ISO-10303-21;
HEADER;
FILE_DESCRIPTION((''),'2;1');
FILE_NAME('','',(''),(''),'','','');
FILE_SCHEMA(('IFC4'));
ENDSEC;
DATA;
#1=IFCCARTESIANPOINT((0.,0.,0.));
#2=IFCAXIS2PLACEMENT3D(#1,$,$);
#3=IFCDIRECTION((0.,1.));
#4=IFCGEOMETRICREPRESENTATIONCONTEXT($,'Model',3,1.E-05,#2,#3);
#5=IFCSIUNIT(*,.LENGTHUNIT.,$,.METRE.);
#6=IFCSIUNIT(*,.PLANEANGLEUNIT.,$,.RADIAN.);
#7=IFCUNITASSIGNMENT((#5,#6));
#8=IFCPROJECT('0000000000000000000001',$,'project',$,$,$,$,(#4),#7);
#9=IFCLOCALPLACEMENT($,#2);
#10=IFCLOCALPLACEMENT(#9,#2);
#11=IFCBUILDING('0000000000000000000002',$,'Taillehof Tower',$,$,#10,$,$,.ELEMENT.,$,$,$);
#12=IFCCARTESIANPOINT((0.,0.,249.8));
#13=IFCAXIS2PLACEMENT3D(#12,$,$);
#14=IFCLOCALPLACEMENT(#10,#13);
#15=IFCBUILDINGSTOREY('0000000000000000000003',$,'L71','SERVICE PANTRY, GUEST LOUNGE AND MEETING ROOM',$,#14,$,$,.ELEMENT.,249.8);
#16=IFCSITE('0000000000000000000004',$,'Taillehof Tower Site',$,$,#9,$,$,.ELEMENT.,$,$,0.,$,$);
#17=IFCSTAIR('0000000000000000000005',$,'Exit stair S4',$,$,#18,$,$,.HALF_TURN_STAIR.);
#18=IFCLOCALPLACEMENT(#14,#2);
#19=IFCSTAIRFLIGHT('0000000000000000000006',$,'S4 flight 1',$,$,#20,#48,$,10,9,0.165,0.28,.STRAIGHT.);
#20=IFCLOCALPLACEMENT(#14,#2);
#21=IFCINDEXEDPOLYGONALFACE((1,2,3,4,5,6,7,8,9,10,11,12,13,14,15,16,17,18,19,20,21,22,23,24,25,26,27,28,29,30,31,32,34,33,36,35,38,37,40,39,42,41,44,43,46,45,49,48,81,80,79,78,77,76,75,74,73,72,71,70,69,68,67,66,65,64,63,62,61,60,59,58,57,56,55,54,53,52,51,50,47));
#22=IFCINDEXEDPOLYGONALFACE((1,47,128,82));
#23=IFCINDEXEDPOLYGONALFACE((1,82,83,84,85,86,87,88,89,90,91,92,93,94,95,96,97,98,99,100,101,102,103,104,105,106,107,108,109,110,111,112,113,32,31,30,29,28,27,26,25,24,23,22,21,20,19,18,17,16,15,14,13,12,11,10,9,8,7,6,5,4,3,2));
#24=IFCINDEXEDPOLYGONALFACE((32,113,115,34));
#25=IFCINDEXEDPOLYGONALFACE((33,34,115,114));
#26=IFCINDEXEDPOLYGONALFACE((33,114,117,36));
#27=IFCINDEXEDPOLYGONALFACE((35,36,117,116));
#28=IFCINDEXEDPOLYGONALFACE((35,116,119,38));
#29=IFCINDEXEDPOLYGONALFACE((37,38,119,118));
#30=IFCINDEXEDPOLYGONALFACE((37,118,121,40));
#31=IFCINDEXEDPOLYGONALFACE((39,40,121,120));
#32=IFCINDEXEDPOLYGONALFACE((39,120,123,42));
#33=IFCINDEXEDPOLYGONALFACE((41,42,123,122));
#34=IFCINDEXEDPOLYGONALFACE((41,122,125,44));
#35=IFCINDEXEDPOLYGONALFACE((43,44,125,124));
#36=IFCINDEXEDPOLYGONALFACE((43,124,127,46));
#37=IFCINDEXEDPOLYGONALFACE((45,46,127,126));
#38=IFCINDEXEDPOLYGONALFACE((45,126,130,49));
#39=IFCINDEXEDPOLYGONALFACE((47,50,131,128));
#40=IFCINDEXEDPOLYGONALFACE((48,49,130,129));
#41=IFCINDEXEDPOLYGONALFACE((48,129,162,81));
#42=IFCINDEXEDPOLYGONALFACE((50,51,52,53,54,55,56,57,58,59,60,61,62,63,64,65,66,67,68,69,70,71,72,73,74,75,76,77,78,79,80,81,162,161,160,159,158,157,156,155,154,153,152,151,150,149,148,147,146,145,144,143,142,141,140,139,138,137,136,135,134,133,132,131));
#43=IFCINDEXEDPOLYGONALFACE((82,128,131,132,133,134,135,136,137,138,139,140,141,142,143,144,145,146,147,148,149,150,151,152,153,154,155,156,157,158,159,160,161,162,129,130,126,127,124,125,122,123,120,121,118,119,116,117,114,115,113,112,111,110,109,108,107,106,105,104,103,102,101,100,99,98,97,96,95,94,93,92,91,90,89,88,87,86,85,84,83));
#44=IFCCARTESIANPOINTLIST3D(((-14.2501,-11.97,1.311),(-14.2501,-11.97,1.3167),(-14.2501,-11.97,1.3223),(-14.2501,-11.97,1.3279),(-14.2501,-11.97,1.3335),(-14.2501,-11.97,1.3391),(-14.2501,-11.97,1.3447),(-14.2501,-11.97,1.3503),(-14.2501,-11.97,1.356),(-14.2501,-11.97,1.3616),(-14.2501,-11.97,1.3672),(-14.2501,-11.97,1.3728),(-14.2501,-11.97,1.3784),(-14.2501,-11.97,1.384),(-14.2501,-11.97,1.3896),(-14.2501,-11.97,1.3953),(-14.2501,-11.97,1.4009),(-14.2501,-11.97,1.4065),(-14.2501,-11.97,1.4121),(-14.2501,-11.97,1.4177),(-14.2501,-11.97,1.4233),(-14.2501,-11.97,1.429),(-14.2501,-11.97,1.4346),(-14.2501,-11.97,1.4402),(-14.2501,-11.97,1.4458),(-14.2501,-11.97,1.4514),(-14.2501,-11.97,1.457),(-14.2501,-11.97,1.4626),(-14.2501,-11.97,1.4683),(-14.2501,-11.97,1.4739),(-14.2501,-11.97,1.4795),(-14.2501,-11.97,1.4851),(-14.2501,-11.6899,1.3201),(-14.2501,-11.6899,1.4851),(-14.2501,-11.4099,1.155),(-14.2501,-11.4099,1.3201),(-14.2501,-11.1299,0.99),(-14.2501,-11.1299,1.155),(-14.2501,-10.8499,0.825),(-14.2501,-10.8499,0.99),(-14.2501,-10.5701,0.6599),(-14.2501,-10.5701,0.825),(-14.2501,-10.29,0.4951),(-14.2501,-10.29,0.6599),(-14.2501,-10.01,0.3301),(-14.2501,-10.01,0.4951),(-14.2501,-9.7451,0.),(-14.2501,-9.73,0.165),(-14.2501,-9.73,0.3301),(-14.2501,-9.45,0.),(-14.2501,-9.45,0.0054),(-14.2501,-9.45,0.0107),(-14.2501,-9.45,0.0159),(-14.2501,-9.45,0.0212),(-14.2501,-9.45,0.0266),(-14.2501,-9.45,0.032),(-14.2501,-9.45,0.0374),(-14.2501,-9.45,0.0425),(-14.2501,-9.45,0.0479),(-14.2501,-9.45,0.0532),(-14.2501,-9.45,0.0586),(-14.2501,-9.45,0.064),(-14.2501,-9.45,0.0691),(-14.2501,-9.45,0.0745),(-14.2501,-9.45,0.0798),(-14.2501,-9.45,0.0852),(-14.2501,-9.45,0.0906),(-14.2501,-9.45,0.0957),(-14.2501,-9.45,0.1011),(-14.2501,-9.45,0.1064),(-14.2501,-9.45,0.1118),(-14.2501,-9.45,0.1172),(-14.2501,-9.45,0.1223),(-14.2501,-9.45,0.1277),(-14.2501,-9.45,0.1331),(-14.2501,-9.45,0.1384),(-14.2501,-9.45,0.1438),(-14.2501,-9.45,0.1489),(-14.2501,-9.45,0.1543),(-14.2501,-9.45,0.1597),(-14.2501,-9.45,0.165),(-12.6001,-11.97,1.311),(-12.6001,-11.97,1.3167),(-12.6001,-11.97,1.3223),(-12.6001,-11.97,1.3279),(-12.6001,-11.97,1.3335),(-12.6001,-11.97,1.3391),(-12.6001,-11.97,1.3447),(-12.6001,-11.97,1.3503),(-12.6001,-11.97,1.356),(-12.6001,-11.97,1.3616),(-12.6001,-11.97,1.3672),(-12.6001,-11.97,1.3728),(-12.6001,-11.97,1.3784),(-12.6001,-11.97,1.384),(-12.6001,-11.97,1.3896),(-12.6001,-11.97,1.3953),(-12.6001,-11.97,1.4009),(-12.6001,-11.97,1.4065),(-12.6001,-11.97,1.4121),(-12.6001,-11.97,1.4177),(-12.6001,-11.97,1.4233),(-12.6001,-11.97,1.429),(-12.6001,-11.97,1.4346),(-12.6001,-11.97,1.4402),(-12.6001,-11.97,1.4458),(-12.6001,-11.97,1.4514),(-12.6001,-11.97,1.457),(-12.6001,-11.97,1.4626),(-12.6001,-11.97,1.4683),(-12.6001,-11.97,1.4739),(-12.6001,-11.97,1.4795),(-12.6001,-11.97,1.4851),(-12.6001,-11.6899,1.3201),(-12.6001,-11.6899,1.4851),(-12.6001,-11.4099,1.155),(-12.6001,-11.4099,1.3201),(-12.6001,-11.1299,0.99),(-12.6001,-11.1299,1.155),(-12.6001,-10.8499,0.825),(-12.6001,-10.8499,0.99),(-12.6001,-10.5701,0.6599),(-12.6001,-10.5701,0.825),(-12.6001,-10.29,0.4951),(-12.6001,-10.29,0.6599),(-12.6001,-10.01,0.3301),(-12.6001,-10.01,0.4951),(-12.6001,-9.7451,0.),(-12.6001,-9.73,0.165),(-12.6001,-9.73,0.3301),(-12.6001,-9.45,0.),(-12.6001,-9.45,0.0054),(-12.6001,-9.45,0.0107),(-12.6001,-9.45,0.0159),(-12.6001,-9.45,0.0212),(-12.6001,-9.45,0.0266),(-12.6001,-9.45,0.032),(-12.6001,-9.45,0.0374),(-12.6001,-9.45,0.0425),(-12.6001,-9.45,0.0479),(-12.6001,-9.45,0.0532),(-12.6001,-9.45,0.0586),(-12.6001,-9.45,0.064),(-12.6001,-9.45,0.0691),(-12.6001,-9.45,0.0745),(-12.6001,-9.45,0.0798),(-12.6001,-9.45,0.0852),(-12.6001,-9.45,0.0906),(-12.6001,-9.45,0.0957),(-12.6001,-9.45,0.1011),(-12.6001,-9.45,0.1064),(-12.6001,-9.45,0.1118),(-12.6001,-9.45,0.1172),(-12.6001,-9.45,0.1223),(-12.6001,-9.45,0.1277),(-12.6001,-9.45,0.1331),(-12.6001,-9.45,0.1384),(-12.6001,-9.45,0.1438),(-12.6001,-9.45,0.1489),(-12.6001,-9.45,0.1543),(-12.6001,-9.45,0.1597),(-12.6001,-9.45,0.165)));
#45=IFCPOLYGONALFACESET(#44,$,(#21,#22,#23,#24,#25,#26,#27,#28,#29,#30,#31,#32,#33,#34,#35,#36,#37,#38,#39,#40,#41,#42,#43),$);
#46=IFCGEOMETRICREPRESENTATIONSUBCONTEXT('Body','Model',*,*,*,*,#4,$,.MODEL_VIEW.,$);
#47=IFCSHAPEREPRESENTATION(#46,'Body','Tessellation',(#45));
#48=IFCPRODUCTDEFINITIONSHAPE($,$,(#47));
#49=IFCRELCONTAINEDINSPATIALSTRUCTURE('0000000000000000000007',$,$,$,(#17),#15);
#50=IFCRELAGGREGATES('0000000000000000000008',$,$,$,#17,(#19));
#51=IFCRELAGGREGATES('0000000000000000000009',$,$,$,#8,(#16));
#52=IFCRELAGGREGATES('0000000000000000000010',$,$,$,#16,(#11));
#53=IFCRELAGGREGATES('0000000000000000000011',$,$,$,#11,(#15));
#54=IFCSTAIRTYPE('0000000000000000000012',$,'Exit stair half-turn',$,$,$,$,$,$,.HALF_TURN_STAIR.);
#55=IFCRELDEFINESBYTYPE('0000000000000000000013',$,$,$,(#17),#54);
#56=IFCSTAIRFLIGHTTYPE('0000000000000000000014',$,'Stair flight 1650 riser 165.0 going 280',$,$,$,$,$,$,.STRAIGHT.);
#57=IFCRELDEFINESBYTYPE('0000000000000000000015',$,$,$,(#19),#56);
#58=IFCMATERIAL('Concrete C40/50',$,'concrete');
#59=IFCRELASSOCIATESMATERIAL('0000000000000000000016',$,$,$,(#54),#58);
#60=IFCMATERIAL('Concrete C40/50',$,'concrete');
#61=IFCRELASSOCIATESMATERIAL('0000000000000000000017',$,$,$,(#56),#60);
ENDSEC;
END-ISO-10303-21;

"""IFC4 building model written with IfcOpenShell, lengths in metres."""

from ifc_helpers import new_model, si_unit, direction, frame, origin, place, context, subcontext, project, spatial, polyline, outline, extrude, material, type_object, element, aggregate, save


model = new_model("IFC4")

# Units and contexts
model_context = context("Model", 3, precision=1e-05, world=origin(), true_north=direction((0.0, 1.0)))
body_context = subcontext(model_context, "Body", "Model", "MODEL_VIEW")
ifc_project = project(units=[si_unit("LENGTHUNIT", "METRE"), si_unit("PLANEANGLEUNIT", "RADIAN")], contexts=[model_context])

# Site, building, storey
site_placement = place(None, origin())
site = spatial("IfcSite", under=ifc_project, at=site_placement, Name="Taillehof Tower Site", CompositionType="ELEMENT", RefElevation=0.0)
building_placement = place(site_placement, origin())
building = spatial("IfcBuilding", under=site, at=building_placement, Name="Taillehof Tower", CompositionType="ELEMENT")
storey_placement = place(building_placement, frame((0.0, 0.0, 249.8)))
storey = spatial("IfcBuildingStorey", under=building, at=storey_placement, Name="L71", Description="SERVICE PANTRY, GUEST LOUNGE AND MEETING ROOM", CompositionType="ELEMENT", Elevation=249.8)

# Stair, stair flight
ifc_material_1 = material(Name="Concrete C40/50", Category="concrete")
stair_type = type_object("IfcStairType", Name="Exit stair half-turn", PredefinedType="HALF_TURN_STAIR", material=ifc_material_1)
stair_placement = place(storey_placement, origin())
stair = element("IfcStair", 1, at=stair_placement, inside=storey, type_object=stair_type, Name="Exit stair S4", PredefinedType="HALF_TURN_STAIR")
ifc_material_2 = material(Name="Concrete C40/50", Category="concrete")
stair_flight_type = type_object("IfcStairFlightType", Name="Stair flight 1650 riser 165.0 going 280", PredefinedType="STRAIGHT", material=ifc_material_2)
stair_flight_placement = place(storey_placement, frame((-13.425, -9.45, 0.0), z_axis=(0.0, 0.0, 1.0), x_axis=(0.0, -1.0, 0.0)))
stair_flight = element("IfcStairFlight", 2, at=stair_flight_placement, type_object=stair_flight_type, Name="S4 flight 1", NumberOfRisers=10, NumberOfTreads=9, PredefinedType="STRAIGHT", RiserHeight=0.165, TreadLength=0.28, context=body_context, shape_type="SweptSolid", body=[
    extrude(outline(polyline([(0.0, 0.0), (0.0, 0.0054), (0.0, 0.0107), (0.0, 0.0159), (0.0, 0.0212), (0.0, 0.0266), (0.0, 0.032), (0.0, 0.0374), (0.0, 0.0425), (0.0, 0.0479), (0.0, 0.0532), (0.0, 0.0586), (0.0, 0.064), (0.0, 0.0691), (0.0, 0.0745), (0.0, 0.0798), (0.0, 0.0852), (0.0, 0.0906), (0.0, 0.0957), (0.0, 0.1011), (0.0, 0.1064), (0.0, 0.1118), (0.0, 0.1172), (0.0, 0.1223), (0.0, 0.1277), (0.0, 0.1331), (0.0, 0.1384), (0.0, 0.1438), (0.0, 0.1489), (0.0, 0.1543), (0.0, 0.1597), (0.0, 0.165), (0.28, 0.165), (0.28, 0.3301), (0.5601, 0.3301), (0.5601, 0.4951), (0.8401, 0.4951), (0.8401, 0.6599), (1.1201, 0.6599), (1.1201, 0.825), (1.3999, 0.825), (1.3999, 0.99), (1.6799, 0.99), (1.6799, 1.155), (1.96, 1.155), (1.96, 1.3201), (2.24, 1.3201), (2.24, 1.4851), (2.52, 1.4851), (2.52, 1.4795), (2.52, 1.4739), (2.52, 1.4683), (2.52, 1.4626), (2.52, 1.457), (2.52, 1.4514), (2.52, 1.4458), (2.52, 1.4402), (2.52, 1.4346), (2.52, 1.429), (2.52, 1.4233), (2.52, 1.4177), (2.52, 1.4121), (2.52, 1.4065), (2.52, 1.4009), (2.52, 1.3953), (2.52, 1.3896), (2.52, 1.384), (2.52, 1.3784), (2.52, 1.3728), (2.52, 1.3672), (2.52, 1.3616), (2.52, 1.356), (2.52, 1.3503), (2.52, 1.3447), (2.52, 1.3391), (2.52, 1.3335), (2.52, 1.3279), (2.52, 1.3223), (2.52, 1.3167), (2.52, 1.311), (0.2952, 0.0), (0.0, 0.0)])), frame((0.0, 0.825, 0.0), z_axis=(0.0, -1.0, 0.0), x_axis=(1.0, 0.0, 0.0)), (0.0, 0.0, 1.0), 1.65),
])
aggregate(stair, [stair_flight])

save(model, "model.ifc")
